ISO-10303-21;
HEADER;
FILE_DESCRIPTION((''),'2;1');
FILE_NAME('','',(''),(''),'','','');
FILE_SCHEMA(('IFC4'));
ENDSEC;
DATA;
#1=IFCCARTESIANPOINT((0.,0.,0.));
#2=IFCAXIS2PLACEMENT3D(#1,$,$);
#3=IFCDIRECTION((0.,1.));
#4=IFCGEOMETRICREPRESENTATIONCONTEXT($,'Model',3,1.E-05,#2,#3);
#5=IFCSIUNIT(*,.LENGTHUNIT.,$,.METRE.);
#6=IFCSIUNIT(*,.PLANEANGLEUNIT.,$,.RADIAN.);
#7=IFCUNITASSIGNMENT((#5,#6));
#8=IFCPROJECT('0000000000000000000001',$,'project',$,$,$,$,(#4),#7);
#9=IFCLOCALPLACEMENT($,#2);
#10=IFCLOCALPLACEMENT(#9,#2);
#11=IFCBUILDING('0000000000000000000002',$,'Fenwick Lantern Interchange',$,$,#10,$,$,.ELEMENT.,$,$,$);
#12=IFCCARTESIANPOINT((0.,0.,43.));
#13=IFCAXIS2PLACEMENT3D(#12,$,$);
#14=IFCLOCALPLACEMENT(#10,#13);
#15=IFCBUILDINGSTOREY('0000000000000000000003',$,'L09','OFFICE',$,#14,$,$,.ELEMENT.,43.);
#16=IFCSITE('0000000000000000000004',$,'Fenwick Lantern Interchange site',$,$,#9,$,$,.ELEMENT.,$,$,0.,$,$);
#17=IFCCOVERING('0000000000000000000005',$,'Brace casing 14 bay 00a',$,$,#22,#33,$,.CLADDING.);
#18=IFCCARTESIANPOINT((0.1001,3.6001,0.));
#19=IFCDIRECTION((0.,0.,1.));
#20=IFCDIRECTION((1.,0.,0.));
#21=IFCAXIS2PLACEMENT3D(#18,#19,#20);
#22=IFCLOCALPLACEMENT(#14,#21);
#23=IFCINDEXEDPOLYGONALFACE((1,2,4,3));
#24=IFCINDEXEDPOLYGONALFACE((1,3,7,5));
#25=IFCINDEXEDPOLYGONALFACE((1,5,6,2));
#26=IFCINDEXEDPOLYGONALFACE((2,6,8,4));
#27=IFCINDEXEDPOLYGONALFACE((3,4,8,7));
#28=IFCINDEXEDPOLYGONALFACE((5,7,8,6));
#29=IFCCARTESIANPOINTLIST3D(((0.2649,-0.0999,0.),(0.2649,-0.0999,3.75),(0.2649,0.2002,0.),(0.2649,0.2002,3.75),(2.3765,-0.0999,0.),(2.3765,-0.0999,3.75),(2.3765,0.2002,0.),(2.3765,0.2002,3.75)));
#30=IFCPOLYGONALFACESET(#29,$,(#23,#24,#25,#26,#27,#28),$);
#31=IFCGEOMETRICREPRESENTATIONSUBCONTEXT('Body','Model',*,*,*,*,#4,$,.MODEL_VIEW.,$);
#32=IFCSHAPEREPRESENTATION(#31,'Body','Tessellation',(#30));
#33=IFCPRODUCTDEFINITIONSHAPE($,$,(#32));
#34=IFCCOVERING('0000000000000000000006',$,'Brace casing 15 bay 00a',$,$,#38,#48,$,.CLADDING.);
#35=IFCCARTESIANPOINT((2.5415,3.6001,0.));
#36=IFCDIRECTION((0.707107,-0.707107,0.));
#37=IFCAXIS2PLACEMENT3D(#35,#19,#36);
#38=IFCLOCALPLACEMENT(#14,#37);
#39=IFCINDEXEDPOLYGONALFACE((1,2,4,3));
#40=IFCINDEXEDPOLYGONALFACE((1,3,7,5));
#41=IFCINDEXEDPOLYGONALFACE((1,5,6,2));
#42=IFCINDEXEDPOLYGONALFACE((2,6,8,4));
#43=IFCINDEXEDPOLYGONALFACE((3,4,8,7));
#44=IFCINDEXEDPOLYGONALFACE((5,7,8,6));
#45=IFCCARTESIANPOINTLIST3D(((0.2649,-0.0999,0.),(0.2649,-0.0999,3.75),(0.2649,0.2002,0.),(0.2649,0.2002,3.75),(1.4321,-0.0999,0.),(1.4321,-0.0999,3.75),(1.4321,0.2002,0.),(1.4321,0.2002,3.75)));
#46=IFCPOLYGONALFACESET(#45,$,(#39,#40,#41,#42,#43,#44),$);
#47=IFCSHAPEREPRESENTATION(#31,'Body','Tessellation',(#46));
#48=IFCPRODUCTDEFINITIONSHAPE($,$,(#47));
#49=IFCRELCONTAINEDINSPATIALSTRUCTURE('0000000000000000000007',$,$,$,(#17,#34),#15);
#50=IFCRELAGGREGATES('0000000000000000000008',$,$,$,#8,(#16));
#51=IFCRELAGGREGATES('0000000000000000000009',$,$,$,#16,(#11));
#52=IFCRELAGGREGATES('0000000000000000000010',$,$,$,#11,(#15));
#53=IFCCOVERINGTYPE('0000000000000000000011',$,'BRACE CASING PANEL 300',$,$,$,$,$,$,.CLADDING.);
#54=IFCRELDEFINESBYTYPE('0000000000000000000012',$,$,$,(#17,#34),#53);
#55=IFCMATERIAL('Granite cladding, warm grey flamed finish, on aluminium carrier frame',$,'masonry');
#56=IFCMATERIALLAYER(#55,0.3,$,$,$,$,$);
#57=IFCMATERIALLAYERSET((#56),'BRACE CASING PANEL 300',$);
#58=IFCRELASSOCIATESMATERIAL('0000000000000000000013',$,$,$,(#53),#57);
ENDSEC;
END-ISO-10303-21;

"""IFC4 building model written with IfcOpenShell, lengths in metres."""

from ifc_helpers import new_model, si_unit, direction, frame, origin, place, context, subcontext, project, spatial, polyline, outline, extrude, material, layer, layer_set, type_object, element, save


model = new_model("IFC4")

# Units and contexts
model_context = context("Model", 3, precision=1e-05, world=origin(), true_north=direction((0.0, 1.0)))
body_context = subcontext(model_context, "Body", "Model", "MODEL_VIEW")
ifc_project = project(units=[si_unit("LENGTHUNIT", "METRE"), si_unit("PLANEANGLEUNIT", "RADIAN")], contexts=[model_context])

# Site, building, storey
site_placement = place(None, origin())
site = spatial("IfcSite", under=ifc_project, at=site_placement, Name="Fenwick Lantern Interchange site", CompositionType="ELEMENT", RefElevation=0.0)
building_placement = place(site_placement, origin())
building = spatial("IfcBuilding", under=site, at=building_placement, Name="Fenwick Lantern Interchange", CompositionType="ELEMENT")
storey_placement = place(building_placement, frame((0.0, 0.0, 43.0)))
storey = spatial("IfcBuildingStorey", under=building, at=storey_placement, Name="L09", Description="OFFICE", CompositionType="ELEMENT", Elevation=43.0)

# Coverings
ifc_material_1 = material(Name="Granite cladding, warm grey flamed finish, on aluminium carrier frame", Category="masonry")
ifc_layer_1 = layer(ifc_material_1, 0.3)
ifc_layer_set_1 = layer_set([ifc_layer_1], Name="BRACE CASING PANEL 300")
covering_type_1 = type_object("IfcCoveringType", Name="BRACE CASING PANEL 300", PredefinedType="CLADDING", material=ifc_layer_set_1)
covering_1_placement = place(storey_placement, frame((0.1001, 3.6001, 0.0), z_axis=(0.0, 0.0, 1.0), x_axis=(1.0, 0.0, 0.0)))
element("IfcCovering", 1, at=covering_1_placement, inside=storey, type_object=covering_type_1, Name="Brace casing 14 bay 00a", PredefinedType="CLADDING", context=body_context, shape_type="SweptSolid", body=[
    extrude(outline(polyline([(0.2649, 0.0), (2.3765, 0.0), (2.3765, 3.75), (0.2649, 3.75), (0.2649, 0.0)])), frame((0.0, 0.2002, 0.0), z_axis=(0.0, -1.0, 0.0), x_axis=(1.0, 0.0, 0.0)), (0.0, 0.0, 1.0), 0.3),
])
covering_2_placement = place(storey_placement, frame((2.5415, 3.6001, 0.0), z_axis=(0.0, 0.0, 1.0), x_axis=(0.707107, -0.707107, 0.0)))
element("IfcCovering", 2, at=covering_2_placement, inside=storey, type_object=covering_type_1, Name="Brace casing 15 bay 00a", PredefinedType="CLADDING", context=body_context, shape_type="SweptSolid", body=[
    extrude(outline(polyline([(0.2649, 0.0), (1.4321, 0.0), (1.4321, 3.75), (0.2649, 3.75), (0.2649, 0.0)])), frame((0.0, 0.2002, 0.0), z_axis=(0.0, -1.0, 0.0), x_axis=(1.0, 0.0, 0.0)), (0.0, 0.0, 1.0), 0.3),
])

save(model, "model.ifc")
